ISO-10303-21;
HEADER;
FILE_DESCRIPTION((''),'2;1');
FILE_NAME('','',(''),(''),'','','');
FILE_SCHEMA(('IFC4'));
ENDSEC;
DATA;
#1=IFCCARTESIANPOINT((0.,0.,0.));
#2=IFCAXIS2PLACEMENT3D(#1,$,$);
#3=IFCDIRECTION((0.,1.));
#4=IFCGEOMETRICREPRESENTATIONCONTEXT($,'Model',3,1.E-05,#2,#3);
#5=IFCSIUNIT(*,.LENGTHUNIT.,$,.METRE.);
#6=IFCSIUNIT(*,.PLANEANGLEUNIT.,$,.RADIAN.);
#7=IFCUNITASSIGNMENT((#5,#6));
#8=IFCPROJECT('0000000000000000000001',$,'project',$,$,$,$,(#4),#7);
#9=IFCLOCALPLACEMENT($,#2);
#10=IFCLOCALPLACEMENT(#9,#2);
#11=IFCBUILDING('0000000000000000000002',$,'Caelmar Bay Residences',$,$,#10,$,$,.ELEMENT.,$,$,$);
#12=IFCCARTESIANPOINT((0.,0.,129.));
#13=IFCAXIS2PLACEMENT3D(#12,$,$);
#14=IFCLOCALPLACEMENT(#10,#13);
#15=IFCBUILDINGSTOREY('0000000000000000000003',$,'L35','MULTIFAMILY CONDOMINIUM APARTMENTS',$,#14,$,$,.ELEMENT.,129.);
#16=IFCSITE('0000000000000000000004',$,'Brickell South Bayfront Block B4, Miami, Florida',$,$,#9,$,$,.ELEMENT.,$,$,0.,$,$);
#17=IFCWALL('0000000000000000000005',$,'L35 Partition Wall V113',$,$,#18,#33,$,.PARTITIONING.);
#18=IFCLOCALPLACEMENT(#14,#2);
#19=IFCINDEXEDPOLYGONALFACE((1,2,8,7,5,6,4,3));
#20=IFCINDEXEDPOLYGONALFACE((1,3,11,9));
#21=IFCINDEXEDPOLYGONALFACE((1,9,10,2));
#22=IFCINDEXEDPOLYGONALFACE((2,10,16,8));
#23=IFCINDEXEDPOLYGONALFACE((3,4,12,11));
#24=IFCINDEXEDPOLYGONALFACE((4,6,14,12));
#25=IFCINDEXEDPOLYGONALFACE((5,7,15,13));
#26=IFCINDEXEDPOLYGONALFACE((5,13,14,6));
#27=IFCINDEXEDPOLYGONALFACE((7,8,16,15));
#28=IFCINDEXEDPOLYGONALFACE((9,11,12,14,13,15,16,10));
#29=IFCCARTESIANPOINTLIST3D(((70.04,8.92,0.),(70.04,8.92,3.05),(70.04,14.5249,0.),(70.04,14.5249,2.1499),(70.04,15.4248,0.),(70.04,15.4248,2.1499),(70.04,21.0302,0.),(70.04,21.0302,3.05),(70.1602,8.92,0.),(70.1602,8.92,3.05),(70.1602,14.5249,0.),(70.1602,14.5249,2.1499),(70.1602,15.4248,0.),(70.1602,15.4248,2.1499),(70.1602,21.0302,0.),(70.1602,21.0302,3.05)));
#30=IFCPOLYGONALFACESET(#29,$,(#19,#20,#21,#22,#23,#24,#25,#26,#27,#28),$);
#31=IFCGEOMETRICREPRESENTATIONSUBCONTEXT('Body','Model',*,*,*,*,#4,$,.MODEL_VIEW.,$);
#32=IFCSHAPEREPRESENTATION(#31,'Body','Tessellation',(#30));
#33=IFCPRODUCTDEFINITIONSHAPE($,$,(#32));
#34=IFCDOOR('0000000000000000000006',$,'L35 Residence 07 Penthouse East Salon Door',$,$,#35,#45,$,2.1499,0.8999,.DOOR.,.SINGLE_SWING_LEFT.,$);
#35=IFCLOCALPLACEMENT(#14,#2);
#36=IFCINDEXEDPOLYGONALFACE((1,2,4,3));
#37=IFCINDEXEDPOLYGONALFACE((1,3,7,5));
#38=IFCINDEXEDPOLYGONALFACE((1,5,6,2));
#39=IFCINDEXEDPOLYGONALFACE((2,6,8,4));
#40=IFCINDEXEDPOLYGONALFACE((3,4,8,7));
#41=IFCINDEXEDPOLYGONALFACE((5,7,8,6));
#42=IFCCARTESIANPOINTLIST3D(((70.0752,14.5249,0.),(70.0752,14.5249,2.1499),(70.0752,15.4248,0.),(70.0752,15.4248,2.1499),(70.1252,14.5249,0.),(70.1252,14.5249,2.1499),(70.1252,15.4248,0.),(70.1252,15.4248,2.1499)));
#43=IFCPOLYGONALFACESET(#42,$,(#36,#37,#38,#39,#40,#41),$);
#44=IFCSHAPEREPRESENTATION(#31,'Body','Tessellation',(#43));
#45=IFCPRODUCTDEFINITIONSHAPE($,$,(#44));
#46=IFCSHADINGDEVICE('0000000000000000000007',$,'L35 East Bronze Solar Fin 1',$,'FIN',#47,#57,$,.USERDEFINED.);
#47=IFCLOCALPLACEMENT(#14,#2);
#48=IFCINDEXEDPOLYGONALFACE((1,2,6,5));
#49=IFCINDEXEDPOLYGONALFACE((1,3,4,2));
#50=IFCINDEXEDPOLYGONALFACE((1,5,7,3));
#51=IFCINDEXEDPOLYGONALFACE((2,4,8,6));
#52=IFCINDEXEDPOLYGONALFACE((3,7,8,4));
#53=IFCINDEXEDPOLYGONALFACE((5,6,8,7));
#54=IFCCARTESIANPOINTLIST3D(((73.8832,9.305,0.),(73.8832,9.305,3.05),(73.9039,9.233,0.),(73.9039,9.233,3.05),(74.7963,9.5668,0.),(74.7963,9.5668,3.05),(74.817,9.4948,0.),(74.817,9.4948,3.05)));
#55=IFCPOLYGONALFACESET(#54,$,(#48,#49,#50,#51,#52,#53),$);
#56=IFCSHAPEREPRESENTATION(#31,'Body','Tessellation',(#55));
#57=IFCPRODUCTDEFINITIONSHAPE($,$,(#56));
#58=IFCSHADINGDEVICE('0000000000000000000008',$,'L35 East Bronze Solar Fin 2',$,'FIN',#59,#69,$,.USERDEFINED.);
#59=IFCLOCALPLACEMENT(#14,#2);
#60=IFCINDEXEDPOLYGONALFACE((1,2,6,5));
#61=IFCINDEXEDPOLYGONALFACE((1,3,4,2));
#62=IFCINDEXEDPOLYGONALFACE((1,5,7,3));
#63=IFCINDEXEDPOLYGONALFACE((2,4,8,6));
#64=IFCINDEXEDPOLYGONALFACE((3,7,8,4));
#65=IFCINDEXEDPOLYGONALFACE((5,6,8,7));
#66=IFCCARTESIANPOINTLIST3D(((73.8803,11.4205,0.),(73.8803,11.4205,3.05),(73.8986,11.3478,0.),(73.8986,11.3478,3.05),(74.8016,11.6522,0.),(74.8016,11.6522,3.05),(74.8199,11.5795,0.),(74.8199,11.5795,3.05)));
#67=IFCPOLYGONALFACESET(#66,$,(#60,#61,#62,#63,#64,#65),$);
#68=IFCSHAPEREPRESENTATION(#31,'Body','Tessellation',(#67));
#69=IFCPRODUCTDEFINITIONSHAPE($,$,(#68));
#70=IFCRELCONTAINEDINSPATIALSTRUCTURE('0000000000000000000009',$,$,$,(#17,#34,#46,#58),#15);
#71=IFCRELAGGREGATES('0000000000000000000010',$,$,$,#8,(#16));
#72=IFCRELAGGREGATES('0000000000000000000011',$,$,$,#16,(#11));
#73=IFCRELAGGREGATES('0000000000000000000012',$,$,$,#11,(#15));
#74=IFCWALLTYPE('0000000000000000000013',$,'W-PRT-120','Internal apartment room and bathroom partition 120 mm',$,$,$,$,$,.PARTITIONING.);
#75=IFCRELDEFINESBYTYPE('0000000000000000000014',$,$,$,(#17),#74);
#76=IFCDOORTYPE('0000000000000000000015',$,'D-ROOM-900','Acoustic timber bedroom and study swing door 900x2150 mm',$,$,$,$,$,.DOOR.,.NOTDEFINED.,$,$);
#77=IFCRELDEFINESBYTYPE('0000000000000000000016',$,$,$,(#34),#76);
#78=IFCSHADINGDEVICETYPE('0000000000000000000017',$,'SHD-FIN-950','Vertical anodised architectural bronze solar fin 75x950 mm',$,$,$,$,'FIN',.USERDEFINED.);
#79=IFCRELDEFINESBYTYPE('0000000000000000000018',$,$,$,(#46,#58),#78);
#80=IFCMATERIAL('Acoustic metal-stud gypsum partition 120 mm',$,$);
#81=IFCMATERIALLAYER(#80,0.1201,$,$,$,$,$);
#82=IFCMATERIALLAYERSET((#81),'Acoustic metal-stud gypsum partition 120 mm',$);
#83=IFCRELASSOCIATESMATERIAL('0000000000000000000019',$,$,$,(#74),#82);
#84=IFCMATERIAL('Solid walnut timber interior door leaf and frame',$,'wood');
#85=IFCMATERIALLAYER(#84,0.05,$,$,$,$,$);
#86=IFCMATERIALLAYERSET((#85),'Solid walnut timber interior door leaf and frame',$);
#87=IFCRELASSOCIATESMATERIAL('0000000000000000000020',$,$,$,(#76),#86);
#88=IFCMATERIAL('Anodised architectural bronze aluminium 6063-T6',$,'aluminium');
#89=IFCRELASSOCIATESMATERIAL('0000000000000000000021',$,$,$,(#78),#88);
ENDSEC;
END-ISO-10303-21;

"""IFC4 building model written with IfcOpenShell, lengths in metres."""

from ifc_helpers import new_model, si_unit, direction, frame, frame_2d, origin, origin_2d, place, context, subcontext, project, spatial, rectangle, extrude, material, layer, layer_set, material_profile, profile_set, type_object, element, fill, save


model = new_model("IFC4")

# Units and contexts
model_context = context("Model", 3, precision=1e-05, world=origin(), true_north=direction((0.0, 1.0)))
body_context = subcontext(model_context, "Body", "Model", "MODEL_VIEW")
ifc_project = project(units=[si_unit("LENGTHUNIT", "METRE"), si_unit("PLANEANGLEUNIT", "RADIAN")], contexts=[model_context])

# Site, building, storey
site_placement = place(None, origin())
site = spatial("IfcSite", under=ifc_project, at=site_placement, Name="Brickell South Bayfront Block B4, Miami, Florida", CompositionType="ELEMENT", RefElevation=0.0)
building_placement = place(site_placement, origin())
building = spatial("IfcBuilding", under=site, at=building_placement, Name="Caelmar Bay Residences", CompositionType="ELEMENT")
storey_placement = place(building_placement, frame((0.0, 0.0, 129.0)))
storey = spatial("IfcBuildingStorey", under=building, at=storey_placement, Name="L35", Description="MULTIFAMILY CONDOMINIUM APARTMENTS", CompositionType="ELEMENT", Elevation=129.0)

# Wall, opening, door
ifc_material_1 = material(Name="Acoustic metal-stud gypsum partition 120 mm")
ifc_layer_1 = layer(ifc_material_1, 0.1201)
ifc_layer_set_1 = layer_set([ifc_layer_1], Name="Acoustic metal-stud gypsum partition 120 mm")
wall_type_1 = type_object("IfcWallType", Name="W-PRT-120", Description="Internal apartment room and bathroom partition 120 mm", PredefinedType="PARTITIONING", material=ifc_layer_set_1)
wall_1_placement = place(storey_placement, frame((70.1001, 8.9199, 0.0), z_axis=(0.0, 0.0, 1.0), x_axis=(0.0, 1.0, 0.0)))
wall_1 = element("IfcWall", 1, at=wall_1_placement, inside=storey, type_object=wall_type_1, Name="L35 Partition Wall V113", PredefinedType="PARTITIONING", context=body_context, shape_type="SweptSolid", body=[
    extrude(rectangle(XDim=12.1101, YDim=0.1201, at=frame_2d((6.0552, 0.0))), origin(), (0.0, 0.0, 1.0), 3.05),
])
opening_placement = place(wall_1_placement, frame((5.605, 0.0, 0.0)))
opening = element("IfcOpeningElement", 2, at=opening_placement, cuts=wall_1, PredefinedType="OPENING", context=body_context, shape_type="SweptSolid", body=[
    extrude(rectangle(XDim=0.8999, YDim=2.1499, at=frame_2d((0.45, 1.075))), frame((0.0, 0.0701, 0.0), z_axis=(0.0, -1.0, 0.0), x_axis=(1.0, 0.0, 0.0)), (0.0, 0.0, 1.0), 0.1401),
])
ifc_material_2 = material(Name="Solid walnut timber interior door leaf and frame", Category="wood")
ifc_layer_2 = layer(ifc_material_2, 0.05)
ifc_layer_set_2 = layer_set([ifc_layer_2], Name="Solid walnut timber interior door leaf and frame")
door_type = type_object("IfcDoorType", Name="D-ROOM-900", Description="Acoustic timber bedroom and study swing door 900x2150 mm", OperationType="NOTDEFINED", PredefinedType="DOOR", material=ifc_layer_set_2)
door_placement = place(opening_placement, origin())
door = element("IfcDoor", 3, at=door_placement, inside=storey, type_object=door_type, Name="L35 Residence 07 Penthouse East Salon Door", OperationType="SINGLE_SWING_LEFT", OverallHeight=2.1499, OverallWidth=0.8999, PredefinedType="DOOR", context=body_context, shape_type="SweptSolid", body=[
    extrude(rectangle(XDim=0.8999, YDim=2.1499, at=frame_2d((0.45, 1.075))), frame((0.0, 0.0249, 0.0), z_axis=(0.0, -1.0, 0.0), x_axis=(1.0, 0.0, 0.0)), (0.0, 0.0, 1.0), 0.05),
])
fill(opening, door)

# Shading devices
ifc_material_3 = material(Name="Anodised architectural bronze aluminium 6063-T6", Category="aluminium")
ifc_material_profile_1 = material_profile(ifc_material_3, rectangle(XDim=0.075, YDim=0.95, at=origin_2d()), Name="BRONZE-FIN-75X950")
ifc_profile_set_1 = profile_set([ifc_material_profile_1], Name="Anodised architectural bronze aluminium 6063-T6")
shading_device_type = type_object("IfcShadingDeviceType", Name="SHD-FIN-950", Description="Vertical anodised architectural bronze solar fin 75x950 mm", ElementType="FIN", PredefinedType="USERDEFINED", material=ifc_profile_set_1)
for number, where, z_axis, x_axis, name in (
    (4, (74.3501, 9.3999, 0.0), (0.0, 0.0, 1.0), (-0.275637, 0.961262, 0.0), "L35 East Bronze Solar Fin 1"),
    (5, (74.3501, 11.5, 0.0), (0.0, 0.0, 1.0), (-0.243954, 0.969787, 0.0), "L35 East Bronze Solar Fin 2"),
):
    element("IfcShadingDevice", number, at=place(storey_placement, frame(where, z_axis=z_axis, x_axis=x_axis)), inside=storey, type_object=shading_device_type, Name=name, ObjectType="FIN", PredefinedType="USERDEFINED", context=body_context, shape_type="SweptSolid", body=[
        extrude(rectangle(XDim=0.075, YDim=0.95, at=origin_2d()), origin(), (0.0, 0.0, 1.0), 3.05),
    ])

save(model, "model.ifc")
